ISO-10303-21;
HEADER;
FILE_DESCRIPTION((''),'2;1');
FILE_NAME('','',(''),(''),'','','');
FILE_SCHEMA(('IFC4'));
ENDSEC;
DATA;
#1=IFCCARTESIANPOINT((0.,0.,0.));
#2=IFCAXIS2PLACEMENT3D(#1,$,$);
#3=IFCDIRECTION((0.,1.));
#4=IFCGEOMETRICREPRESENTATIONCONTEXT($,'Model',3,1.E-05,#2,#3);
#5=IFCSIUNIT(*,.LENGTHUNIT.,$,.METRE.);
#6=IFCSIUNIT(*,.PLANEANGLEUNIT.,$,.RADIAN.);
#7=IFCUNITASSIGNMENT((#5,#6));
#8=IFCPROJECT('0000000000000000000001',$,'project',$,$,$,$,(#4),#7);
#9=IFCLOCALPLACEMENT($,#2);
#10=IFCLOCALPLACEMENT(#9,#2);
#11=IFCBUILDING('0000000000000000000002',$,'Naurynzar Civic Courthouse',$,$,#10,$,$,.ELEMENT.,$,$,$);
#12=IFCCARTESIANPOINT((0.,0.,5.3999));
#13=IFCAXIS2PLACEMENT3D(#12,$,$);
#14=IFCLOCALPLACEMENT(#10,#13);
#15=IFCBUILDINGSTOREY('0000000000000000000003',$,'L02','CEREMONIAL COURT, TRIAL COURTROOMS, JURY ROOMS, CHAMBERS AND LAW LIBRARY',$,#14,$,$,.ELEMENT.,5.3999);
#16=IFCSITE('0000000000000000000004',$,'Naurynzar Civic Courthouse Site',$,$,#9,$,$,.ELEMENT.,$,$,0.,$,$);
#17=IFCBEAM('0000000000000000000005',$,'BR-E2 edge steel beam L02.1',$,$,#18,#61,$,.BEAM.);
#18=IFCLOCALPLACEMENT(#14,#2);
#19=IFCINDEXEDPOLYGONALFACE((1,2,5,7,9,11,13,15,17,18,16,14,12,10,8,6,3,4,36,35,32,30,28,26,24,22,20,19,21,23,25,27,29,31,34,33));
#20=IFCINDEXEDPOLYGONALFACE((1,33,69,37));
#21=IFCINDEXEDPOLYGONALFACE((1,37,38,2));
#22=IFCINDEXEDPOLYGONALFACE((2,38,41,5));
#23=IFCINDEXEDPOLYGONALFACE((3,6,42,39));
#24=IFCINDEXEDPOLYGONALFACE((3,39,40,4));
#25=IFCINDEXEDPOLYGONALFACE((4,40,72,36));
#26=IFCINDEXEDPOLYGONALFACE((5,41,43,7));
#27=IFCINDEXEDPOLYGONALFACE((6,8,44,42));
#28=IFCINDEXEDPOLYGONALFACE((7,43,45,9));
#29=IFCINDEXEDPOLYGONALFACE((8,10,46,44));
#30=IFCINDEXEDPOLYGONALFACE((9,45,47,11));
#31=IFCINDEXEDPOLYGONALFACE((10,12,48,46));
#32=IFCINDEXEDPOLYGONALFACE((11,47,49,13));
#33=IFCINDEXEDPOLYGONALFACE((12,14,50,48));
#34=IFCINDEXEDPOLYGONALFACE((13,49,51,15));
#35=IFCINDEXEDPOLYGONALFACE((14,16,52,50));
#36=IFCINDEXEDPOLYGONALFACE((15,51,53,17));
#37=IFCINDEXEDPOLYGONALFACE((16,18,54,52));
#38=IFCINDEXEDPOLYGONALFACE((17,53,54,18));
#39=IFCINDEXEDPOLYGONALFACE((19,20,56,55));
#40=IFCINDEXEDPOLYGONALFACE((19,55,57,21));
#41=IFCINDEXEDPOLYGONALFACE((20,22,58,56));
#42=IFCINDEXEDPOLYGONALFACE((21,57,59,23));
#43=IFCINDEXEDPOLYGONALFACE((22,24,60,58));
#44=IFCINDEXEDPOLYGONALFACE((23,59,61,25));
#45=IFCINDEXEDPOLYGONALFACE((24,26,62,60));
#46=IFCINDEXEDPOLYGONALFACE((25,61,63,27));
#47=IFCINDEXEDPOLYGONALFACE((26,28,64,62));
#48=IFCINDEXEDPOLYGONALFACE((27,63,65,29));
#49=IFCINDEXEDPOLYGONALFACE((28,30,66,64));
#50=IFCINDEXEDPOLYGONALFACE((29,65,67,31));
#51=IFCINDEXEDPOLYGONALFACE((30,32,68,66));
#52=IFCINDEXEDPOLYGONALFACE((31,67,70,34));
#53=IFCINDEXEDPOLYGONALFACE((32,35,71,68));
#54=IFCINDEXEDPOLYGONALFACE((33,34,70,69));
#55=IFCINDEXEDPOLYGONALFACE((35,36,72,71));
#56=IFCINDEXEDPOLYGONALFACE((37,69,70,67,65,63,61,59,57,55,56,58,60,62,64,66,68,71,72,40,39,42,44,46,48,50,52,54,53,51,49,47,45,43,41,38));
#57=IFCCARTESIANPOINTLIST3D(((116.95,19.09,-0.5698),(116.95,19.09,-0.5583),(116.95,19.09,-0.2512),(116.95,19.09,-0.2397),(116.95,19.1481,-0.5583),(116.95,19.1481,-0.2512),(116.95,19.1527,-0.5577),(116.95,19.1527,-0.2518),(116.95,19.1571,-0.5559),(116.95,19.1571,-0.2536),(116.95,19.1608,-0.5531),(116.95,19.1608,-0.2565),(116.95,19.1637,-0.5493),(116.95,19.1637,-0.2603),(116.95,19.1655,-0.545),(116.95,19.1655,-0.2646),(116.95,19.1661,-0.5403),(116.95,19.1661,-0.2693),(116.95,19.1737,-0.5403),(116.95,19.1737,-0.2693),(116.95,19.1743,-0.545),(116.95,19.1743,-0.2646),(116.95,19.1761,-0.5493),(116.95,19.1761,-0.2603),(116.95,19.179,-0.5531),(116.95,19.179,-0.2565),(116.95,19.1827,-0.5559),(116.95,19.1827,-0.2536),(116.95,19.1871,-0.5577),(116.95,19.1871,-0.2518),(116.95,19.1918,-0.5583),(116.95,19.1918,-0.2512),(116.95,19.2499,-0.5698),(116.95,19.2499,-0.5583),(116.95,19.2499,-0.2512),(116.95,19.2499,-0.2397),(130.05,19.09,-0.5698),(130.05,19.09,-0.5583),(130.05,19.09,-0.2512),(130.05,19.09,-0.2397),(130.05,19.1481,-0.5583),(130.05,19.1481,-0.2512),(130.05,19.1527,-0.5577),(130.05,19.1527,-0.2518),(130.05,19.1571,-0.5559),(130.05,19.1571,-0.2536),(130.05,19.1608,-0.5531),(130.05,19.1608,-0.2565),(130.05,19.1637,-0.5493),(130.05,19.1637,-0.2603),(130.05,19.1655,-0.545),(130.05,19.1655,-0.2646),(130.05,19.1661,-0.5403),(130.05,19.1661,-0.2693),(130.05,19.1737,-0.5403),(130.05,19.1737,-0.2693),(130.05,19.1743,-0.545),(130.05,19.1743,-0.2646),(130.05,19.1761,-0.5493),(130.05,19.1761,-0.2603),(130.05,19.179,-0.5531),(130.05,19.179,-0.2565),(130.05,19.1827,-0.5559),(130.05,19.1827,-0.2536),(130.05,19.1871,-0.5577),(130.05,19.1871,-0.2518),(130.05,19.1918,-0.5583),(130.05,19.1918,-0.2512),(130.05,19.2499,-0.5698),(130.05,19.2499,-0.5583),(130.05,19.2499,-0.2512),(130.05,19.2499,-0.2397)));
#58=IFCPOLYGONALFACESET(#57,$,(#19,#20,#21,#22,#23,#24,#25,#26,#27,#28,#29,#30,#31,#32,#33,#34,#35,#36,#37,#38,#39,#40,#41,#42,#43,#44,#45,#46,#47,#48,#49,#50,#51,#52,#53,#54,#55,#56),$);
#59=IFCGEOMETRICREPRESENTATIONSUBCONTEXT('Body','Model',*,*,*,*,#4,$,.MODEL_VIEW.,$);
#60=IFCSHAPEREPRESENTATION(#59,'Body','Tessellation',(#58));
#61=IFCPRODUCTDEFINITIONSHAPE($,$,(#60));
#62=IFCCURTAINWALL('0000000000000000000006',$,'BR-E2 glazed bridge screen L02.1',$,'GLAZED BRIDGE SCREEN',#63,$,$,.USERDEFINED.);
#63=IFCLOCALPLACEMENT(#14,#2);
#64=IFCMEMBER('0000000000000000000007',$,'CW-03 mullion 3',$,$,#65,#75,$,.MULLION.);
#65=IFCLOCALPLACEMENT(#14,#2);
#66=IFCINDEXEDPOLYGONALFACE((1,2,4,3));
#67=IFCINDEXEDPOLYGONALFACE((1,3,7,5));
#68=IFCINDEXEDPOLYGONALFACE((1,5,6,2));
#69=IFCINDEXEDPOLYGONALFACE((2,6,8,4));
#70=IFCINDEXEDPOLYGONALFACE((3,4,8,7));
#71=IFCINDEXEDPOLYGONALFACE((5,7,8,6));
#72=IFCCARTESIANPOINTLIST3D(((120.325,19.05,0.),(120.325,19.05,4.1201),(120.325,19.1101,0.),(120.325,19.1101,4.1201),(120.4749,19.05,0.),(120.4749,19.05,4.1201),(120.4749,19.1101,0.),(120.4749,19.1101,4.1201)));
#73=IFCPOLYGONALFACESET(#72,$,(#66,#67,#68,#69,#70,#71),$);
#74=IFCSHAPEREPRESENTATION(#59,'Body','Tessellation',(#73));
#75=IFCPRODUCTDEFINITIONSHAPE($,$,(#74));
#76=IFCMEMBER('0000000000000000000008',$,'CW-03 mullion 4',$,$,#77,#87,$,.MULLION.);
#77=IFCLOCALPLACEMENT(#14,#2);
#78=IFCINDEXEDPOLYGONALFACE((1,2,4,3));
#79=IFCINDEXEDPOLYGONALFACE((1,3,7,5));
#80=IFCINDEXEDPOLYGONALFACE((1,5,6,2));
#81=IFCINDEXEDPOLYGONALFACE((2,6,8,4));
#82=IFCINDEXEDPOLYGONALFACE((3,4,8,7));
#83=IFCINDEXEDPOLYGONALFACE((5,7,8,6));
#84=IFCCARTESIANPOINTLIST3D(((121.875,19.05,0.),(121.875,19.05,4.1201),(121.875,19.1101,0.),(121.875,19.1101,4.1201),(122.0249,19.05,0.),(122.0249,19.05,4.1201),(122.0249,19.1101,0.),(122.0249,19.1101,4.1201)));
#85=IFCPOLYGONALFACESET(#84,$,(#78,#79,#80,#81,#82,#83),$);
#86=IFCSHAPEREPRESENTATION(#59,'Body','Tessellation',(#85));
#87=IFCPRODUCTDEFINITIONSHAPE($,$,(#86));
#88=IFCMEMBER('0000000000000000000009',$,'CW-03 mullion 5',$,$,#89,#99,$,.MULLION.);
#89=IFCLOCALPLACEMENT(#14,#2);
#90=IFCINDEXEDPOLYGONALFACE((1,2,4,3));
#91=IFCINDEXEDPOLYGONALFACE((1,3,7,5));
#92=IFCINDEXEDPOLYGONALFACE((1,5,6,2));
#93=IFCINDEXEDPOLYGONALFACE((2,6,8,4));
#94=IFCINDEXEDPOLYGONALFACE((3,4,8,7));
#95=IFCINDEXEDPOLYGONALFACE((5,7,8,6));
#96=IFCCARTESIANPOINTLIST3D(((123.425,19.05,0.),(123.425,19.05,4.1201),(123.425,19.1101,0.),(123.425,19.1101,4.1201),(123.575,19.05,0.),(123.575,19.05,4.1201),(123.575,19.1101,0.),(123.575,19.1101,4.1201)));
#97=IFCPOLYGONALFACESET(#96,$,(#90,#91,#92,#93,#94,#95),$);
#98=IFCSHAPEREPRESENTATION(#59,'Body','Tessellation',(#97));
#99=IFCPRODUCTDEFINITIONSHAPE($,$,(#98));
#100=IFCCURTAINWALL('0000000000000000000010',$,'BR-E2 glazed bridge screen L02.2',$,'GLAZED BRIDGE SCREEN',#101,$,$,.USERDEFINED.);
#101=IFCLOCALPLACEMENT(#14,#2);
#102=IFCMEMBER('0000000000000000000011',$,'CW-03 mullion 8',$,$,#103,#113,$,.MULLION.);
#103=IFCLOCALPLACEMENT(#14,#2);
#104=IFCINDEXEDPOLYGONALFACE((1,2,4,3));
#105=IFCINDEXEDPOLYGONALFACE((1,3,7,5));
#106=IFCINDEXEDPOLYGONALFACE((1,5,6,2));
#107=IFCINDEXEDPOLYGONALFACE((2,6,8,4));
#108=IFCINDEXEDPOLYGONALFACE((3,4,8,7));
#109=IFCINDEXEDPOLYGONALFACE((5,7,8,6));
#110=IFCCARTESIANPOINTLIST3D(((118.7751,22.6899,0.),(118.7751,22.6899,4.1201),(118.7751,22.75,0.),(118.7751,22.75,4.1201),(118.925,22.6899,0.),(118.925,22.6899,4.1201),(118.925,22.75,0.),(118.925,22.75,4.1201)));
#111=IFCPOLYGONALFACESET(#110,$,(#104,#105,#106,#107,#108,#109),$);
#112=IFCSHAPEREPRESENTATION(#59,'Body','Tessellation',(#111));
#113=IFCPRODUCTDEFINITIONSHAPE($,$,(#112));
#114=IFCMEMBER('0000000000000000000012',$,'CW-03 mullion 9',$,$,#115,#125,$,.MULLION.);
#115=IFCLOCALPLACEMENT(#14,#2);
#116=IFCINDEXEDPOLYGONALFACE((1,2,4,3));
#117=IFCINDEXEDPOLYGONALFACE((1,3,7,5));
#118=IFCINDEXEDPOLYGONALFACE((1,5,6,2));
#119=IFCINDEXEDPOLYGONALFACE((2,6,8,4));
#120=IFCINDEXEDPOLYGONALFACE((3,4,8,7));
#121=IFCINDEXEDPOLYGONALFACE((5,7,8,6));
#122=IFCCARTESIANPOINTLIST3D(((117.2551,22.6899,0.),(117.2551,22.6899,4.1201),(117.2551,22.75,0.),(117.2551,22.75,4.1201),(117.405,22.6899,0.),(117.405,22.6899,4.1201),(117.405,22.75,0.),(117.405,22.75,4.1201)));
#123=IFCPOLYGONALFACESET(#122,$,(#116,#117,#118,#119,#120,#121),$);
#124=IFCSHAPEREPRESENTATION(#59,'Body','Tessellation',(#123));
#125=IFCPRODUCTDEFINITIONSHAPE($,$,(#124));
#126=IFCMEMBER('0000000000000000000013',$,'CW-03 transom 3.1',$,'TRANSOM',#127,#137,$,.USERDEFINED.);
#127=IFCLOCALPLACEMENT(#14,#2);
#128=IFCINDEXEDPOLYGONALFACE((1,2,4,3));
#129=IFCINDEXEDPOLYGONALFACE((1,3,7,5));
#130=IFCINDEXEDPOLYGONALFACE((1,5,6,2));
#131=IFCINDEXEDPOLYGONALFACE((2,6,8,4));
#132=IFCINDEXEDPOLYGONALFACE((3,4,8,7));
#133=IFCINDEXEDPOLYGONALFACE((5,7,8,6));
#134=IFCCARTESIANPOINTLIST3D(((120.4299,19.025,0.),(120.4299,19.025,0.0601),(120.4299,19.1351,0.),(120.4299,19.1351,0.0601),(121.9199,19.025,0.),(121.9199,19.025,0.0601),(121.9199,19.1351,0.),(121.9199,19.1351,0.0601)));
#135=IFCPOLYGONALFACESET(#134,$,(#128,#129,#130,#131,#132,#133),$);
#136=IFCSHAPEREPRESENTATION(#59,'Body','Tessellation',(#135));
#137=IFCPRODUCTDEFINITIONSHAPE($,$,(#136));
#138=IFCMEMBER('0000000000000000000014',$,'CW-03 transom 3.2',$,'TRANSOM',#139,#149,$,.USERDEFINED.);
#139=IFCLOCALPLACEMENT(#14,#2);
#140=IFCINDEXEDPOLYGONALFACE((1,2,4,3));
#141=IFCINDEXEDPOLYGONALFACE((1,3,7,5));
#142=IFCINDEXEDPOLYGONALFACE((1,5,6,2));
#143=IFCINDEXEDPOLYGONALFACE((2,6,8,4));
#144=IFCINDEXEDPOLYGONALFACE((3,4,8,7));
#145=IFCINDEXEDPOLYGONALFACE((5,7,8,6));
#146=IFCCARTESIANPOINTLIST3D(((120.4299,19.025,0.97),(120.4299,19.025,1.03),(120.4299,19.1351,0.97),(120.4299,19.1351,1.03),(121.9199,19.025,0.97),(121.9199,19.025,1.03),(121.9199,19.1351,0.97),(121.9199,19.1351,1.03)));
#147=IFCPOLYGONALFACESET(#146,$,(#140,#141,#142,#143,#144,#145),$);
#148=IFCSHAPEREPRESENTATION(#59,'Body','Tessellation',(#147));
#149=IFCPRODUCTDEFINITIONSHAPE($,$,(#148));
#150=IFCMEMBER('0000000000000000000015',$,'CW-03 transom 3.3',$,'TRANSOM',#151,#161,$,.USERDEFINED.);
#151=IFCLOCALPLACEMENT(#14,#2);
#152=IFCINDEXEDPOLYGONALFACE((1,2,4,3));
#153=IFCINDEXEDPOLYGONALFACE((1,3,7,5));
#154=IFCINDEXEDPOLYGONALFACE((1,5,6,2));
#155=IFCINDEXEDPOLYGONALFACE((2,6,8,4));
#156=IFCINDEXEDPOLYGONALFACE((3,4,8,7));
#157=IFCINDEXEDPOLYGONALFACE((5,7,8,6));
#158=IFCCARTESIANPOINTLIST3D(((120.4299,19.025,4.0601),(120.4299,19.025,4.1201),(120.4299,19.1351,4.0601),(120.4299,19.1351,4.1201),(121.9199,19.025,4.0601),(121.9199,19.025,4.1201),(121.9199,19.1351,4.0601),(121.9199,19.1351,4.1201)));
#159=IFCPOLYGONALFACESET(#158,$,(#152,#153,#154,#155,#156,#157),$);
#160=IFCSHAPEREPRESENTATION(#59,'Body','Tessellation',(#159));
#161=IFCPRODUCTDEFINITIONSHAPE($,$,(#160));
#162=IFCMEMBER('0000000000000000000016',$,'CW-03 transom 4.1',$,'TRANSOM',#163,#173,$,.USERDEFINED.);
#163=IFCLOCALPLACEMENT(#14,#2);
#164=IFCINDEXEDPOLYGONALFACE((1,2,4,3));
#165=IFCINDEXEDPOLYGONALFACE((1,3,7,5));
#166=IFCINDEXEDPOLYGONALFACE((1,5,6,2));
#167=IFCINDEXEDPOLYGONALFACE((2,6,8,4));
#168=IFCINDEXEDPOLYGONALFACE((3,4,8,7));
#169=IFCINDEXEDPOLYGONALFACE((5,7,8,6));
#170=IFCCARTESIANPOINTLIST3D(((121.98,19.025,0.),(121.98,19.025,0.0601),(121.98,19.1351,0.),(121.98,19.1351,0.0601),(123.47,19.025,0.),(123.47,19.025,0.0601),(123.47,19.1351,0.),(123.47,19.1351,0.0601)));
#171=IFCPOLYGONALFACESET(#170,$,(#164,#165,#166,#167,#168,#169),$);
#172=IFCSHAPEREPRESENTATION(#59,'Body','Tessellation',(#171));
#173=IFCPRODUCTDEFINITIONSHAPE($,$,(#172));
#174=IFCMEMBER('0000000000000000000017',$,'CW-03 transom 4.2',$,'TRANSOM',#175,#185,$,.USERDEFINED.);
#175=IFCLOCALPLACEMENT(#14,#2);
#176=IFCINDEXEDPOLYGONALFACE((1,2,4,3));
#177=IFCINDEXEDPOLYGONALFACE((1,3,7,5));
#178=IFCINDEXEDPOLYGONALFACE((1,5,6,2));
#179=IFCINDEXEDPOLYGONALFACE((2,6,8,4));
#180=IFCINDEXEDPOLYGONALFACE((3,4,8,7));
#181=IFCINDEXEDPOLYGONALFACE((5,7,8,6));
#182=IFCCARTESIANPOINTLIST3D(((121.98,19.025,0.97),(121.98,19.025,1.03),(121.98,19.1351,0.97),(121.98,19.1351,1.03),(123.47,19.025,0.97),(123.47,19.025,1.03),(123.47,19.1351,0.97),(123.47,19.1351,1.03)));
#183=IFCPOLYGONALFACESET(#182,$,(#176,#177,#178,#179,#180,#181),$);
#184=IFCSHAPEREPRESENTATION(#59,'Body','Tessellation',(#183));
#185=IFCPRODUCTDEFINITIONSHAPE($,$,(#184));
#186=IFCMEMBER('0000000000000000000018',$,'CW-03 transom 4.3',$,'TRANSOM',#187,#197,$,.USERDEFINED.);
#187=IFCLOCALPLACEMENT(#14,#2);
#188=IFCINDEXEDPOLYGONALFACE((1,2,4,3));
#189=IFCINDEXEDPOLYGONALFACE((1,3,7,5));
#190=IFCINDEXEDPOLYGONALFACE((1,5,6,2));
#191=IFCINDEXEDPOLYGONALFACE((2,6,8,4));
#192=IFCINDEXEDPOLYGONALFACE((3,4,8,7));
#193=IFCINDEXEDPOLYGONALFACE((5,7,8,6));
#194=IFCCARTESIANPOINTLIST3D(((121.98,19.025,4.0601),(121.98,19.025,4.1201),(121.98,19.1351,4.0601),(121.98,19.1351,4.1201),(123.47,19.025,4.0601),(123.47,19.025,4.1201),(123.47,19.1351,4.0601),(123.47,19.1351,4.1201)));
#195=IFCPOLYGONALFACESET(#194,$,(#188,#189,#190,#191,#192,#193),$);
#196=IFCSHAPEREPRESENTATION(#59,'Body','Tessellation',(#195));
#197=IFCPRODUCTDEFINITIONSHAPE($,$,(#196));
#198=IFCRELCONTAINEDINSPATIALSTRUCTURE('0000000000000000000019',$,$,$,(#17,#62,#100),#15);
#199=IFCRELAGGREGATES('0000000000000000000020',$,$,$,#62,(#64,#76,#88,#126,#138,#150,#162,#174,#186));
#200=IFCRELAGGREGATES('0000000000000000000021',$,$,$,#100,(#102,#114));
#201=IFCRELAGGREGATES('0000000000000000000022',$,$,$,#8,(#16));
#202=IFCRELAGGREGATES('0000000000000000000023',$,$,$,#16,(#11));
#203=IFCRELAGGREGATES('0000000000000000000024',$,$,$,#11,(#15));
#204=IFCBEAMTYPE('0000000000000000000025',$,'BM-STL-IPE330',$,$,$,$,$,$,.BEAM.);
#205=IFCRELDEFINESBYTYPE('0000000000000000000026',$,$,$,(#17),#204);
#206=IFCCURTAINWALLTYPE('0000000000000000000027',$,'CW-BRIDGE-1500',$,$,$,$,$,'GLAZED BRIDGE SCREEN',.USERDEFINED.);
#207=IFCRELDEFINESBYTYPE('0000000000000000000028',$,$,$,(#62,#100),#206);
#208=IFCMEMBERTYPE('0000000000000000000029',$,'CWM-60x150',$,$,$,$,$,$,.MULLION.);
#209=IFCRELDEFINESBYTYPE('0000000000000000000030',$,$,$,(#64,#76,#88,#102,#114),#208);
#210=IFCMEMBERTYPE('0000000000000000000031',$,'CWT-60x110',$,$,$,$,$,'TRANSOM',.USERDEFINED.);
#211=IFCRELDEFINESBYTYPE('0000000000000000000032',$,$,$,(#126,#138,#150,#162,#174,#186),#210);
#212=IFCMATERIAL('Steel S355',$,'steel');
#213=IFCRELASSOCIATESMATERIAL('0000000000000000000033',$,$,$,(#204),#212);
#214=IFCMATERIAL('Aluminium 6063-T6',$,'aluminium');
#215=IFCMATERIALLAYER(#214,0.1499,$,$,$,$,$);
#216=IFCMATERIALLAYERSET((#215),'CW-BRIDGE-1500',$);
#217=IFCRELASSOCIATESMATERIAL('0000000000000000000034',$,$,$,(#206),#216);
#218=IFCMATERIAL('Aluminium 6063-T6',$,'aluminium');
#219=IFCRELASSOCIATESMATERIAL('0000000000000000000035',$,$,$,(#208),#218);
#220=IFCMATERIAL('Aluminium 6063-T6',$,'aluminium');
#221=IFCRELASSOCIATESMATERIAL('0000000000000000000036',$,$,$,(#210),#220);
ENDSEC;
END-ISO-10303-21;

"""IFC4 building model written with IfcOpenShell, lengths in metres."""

from ifc_helpers import new_model, si_unit, direction, frame, origin, origin_2d, place, context, subcontext, project, spatial, rectangle, i_section, extrude, material, layer, layer_set, material_profile, profile_set, type_object, element, aggregate, save


model = new_model("IFC4")

# Units and contexts
model_context = context("Model", 3, precision=1e-05, world=origin(), true_north=direction((0.0, 1.0)))
body_context = subcontext(model_context, "Body", "Model", "MODEL_VIEW")
ifc_project = project(units=[si_unit("LENGTHUNIT", "METRE"), si_unit("PLANEANGLEUNIT", "RADIAN")], contexts=[model_context])

# Site, building, storey
site_placement = place(None, origin())
site = spatial("IfcSite", under=ifc_project, at=site_placement, Name="Naurynzar Civic Courthouse Site", CompositionType="ELEMENT", RefElevation=0.0)
building_placement = place(site_placement, origin())
building = spatial("IfcBuilding", under=site, at=building_placement, Name="Naurynzar Civic Courthouse", CompositionType="ELEMENT")
storey_placement = place(building_placement, frame((0.0, 0.0, 5.3999)))
storey = spatial("IfcBuildingStorey", under=building, at=storey_placement, Name="L02", Description="CEREMONIAL COURT, TRIAL COURTROOMS, JURY ROOMS, CHAMBERS AND LAW LIBRARY", CompositionType="ELEMENT", Elevation=5.3999)

# Beam
ifc_material_1 = material(Name="Steel S355", Category="steel")
ifc_material_profile_1 = material_profile(ifc_material_1, i_section(OverallWidth=0.1599, OverallDepth=0.3301, WebThickness=0.0076, FlangeThickness=0.0115, FilletRadius=0.0181, at=origin_2d()), Name="IPE 330")
ifc_profile_set_1 = profile_set([ifc_material_profile_1], Name="Steel S355")
beam_type_1 = type_object("IfcBeamType", Name="BM-STL-IPE330", PredefinedType="BEAM", material=ifc_profile_set_1)
beam_1_placement = place(storey_placement, frame((116.95, 19.1699, -0.4048), z_axis=(1.0, 0.0, 0.0), x_axis=(0.0, 1.0, 0.0)))
element("IfcBeam", 1, at=beam_1_placement, inside=storey, type_object=beam_type_1, Name="BR-E2 edge steel beam L02.1", PredefinedType="BEAM", context=body_context, shape_type="SweptSolid", body=[
    extrude(i_section(OverallWidth=0.1599, OverallDepth=0.3301, WebThickness=0.0076, FlangeThickness=0.0115, FilletRadius=0.0181, at=origin_2d()), origin(), (0.0, 0.0, 1.0), 13.1001),
])

# Curtain walls, members
ifc_material_2 = material(Name="Aluminium 6063-T6", Category="aluminium")
ifc_layer_1 = layer(ifc_material_2, 0.1499)
ifc_layer_set_1 = layer_set([ifc_layer_1], Name="CW-BRIDGE-1500")
curtain_wall_type = type_object("IfcCurtainWallType", Name="CW-BRIDGE-1500", ElementType="GLAZED BRIDGE SCREEN", PredefinedType="USERDEFINED", material=ifc_layer_set_1)
curtain_wall_1_placement = place(storey_placement, origin())
curtain_wall_1 = element("IfcCurtainWall", 2, at=curtain_wall_1_placement, inside=storey, type_object=curtain_wall_type, Name="BR-E2 glazed bridge screen L02.1", ObjectType="GLAZED BRIDGE SCREEN", PredefinedType="USERDEFINED")
ifc_material_3 = material(Name="Aluminium 6063-T6", Category="aluminium")
ifc_material_profile_2 = material_profile(ifc_material_3, rectangle(XDim=0.0601, YDim=0.1499, at=origin_2d()), Name="ALU MULLION 60x150")
ifc_profile_set_2 = profile_set([ifc_material_profile_2], Name="Aluminium 6063-T6")
member_type_1 = type_object("IfcMemberType", Name="CWM-60x150", PredefinedType="MULLION", material=ifc_profile_set_2)
member_1_placement = place(storey_placement, frame((120.3999, 19.0801, 0.0), z_axis=(0.0, 0.0, 1.0), x_axis=(0.0, 1.0, 0.0)))
member_1 = element("IfcMember", 3, at=member_1_placement, type_object=member_type_1, Name="CW-03 mullion 3", PredefinedType="MULLION", context=body_context, shape_type="SweptSolid", body=[
    extrude(rectangle(XDim=0.0601, YDim=0.1499, at=origin_2d()), origin(), (0.0, 0.0, 1.0), 4.1201),
])
member_2_placement = place(storey_placement, frame((121.95, 19.0801, 0.0), z_axis=(0.0, 0.0, 1.0), x_axis=(0.0, 1.0, 0.0)))
member_2 = element("IfcMember", 4, at=member_2_placement, type_object=member_type_1, Name="CW-03 mullion 4", PredefinedType="MULLION", context=body_context, shape_type="SweptSolid", body=[
    extrude(rectangle(XDim=0.0601, YDim=0.1499, at=origin_2d()), origin(), (0.0, 0.0, 1.0), 4.1201),
])
member_3_placement = place(storey_placement, frame((123.5, 19.0801, 0.0), z_axis=(0.0, 0.0, 1.0), x_axis=(0.0, 1.0, 0.0)))
member_3 = element("IfcMember", 5, at=member_3_placement, type_object=member_type_1, Name="CW-03 mullion 5", PredefinedType="MULLION", context=body_context, shape_type="SweptSolid", body=[
    extrude(rectangle(XDim=0.0601, YDim=0.1499, at=origin_2d()), origin(), (0.0, 0.0, 1.0), 4.1201),
])
curtain_wall_2_placement = place(storey_placement, origin())
curtain_wall_2 = element("IfcCurtainWall", 6, at=curtain_wall_2_placement, inside=storey, type_object=curtain_wall_type, Name="BR-E2 glazed bridge screen L02.2", ObjectType="GLAZED BRIDGE SCREEN", PredefinedType="USERDEFINED")
member_4_placement = place(storey_placement, frame((118.8501, 22.72, 0.0), z_axis=(0.0, 0.0, 1.0), x_axis=(0.0, -1.0, 0.0)))
member_4 = element("IfcMember", 7, at=member_4_placement, type_object=member_type_1, Name="CW-03 mullion 8", PredefinedType="MULLION", context=body_context, shape_type="SweptSolid", body=[
    extrude(rectangle(XDim=0.0601, YDim=0.1499, at=origin_2d()), origin(), (0.0, 0.0, 1.0), 4.1201),
])
member_5_placement = place(storey_placement, frame((117.3301, 22.72, 0.0), z_axis=(0.0, 0.0, 1.0), x_axis=(0.0, -1.0, 0.0)))
member_5 = element("IfcMember", 8, at=member_5_placement, type_object=member_type_1, Name="CW-03 mullion 9", PredefinedType="MULLION", context=body_context, shape_type="SweptSolid", body=[
    extrude(rectangle(XDim=0.0601, YDim=0.1499, at=origin_2d()), origin(), (0.0, 0.0, 1.0), 4.1201),
])

# Members
ifc_material_4 = material(Name="Aluminium 6063-T6", Category="aluminium")
ifc_material_profile_3 = material_profile(ifc_material_4, rectangle(XDim=0.1101, YDim=0.0601, at=origin_2d()), Name="ALU TRANSOM 60x110")
ifc_profile_set_3 = profile_set([ifc_material_profile_3], Name="Aluminium 6063-T6")
member_type_2 = type_object("IfcMemberType", Name="CWT-60x110", ElementType="TRANSOM", PredefinedType="USERDEFINED", material=ifc_profile_set_3)
member_6_placement = place(storey_placement, frame((120.4299, 19.0801, 0.03), z_axis=(1.0, 0.0, 0.0), x_axis=(0.0, 1.0, 0.0)))
member_6 = element("IfcMember", 9, at=member_6_placement, type_object=member_type_2, Name="CW-03 transom 3.1", ObjectType="TRANSOM", PredefinedType="USERDEFINED", context=body_context, shape_type="SweptSolid", body=[
    extrude(rectangle(XDim=0.1101, YDim=0.0601, at=origin_2d()), origin(), (0.0, 0.0, 1.0), 1.49),
])
member_7_placement = place(storey_placement, frame((120.4299, 19.0801, 1.0), z_axis=(1.0, 0.0, 0.0), x_axis=(0.0, 1.0, 0.0)))
member_7 = element("IfcMember", 10, at=member_7_placement, type_object=member_type_2, Name="CW-03 transom 3.2", ObjectType="TRANSOM", PredefinedType="USERDEFINED", context=body_context, shape_type="SweptSolid", body=[
    extrude(rectangle(XDim=0.1101, YDim=0.0601, at=origin_2d()), origin(), (0.0, 0.0, 1.0), 1.49),
])
member_8_placement = place(storey_placement, frame((120.4299, 19.0801, 4.0901), z_axis=(1.0, 0.0, 0.0), x_axis=(0.0, 1.0, 0.0)))
member_8 = element("IfcMember", 11, at=member_8_placement, type_object=member_type_2, Name="CW-03 transom 3.3", ObjectType="TRANSOM", PredefinedType="USERDEFINED", context=body_context, shape_type="SweptSolid", body=[
    extrude(rectangle(XDim=0.1101, YDim=0.0601, at=origin_2d()), origin(), (0.0, 0.0, 1.0), 1.49),
])
member_9_placement = place(storey_placement, frame((121.98, 19.0801, 0.03), z_axis=(1.0, 0.0, 0.0), x_axis=(0.0, 1.0, 0.0)))
member_9 = element("IfcMember", 12, at=member_9_placement, type_object=member_type_2, Name="CW-03 transom 4.1", ObjectType="TRANSOM", PredefinedType="USERDEFINED", context=body_context, shape_type="SweptSolid", body=[
    extrude(rectangle(XDim=0.1101, YDim=0.0601, at=origin_2d()), origin(), (0.0, 0.0, 1.0), 1.49),
])
member_10_placement = place(storey_placement, frame((121.98, 19.0801, 1.0), z_axis=(1.0, 0.0, 0.0), x_axis=(0.0, 1.0, 0.0)))
member_10 = element("IfcMember", 13, at=member_10_placement, type_object=member_type_2, Name="CW-03 transom 4.2", ObjectType="TRANSOM", PredefinedType="USERDEFINED", context=body_context, shape_type="SweptSolid", body=[
    extrude(rectangle(XDim=0.1101, YDim=0.0601, at=origin_2d()), origin(), (0.0, 0.0, 1.0), 1.49),
])
member_11_placement = place(storey_placement, frame((121.98, 19.0801, 4.0901), z_axis=(1.0, 0.0, 0.0), x_axis=(0.0, 1.0, 0.0)))
member_11 = element("IfcMember", 14, at=member_11_placement, type_object=member_type_2, Name="CW-03 transom 4.3", ObjectType="TRANSOM", PredefinedType="USERDEFINED", context=body_context, shape_type="SweptSolid", body=[
    extrude(rectangle(XDim=0.1101, YDim=0.0601, at=origin_2d()), origin(), (0.0, 0.0, 1.0), 1.49),
])

aggregate(curtain_wall_1, [member_1, member_2, member_3, member_6, member_7, member_8, member_9, member_10, member_11])
aggregate(curtain_wall_2, [member_4, member_5])

save(model, "model.ifc")
